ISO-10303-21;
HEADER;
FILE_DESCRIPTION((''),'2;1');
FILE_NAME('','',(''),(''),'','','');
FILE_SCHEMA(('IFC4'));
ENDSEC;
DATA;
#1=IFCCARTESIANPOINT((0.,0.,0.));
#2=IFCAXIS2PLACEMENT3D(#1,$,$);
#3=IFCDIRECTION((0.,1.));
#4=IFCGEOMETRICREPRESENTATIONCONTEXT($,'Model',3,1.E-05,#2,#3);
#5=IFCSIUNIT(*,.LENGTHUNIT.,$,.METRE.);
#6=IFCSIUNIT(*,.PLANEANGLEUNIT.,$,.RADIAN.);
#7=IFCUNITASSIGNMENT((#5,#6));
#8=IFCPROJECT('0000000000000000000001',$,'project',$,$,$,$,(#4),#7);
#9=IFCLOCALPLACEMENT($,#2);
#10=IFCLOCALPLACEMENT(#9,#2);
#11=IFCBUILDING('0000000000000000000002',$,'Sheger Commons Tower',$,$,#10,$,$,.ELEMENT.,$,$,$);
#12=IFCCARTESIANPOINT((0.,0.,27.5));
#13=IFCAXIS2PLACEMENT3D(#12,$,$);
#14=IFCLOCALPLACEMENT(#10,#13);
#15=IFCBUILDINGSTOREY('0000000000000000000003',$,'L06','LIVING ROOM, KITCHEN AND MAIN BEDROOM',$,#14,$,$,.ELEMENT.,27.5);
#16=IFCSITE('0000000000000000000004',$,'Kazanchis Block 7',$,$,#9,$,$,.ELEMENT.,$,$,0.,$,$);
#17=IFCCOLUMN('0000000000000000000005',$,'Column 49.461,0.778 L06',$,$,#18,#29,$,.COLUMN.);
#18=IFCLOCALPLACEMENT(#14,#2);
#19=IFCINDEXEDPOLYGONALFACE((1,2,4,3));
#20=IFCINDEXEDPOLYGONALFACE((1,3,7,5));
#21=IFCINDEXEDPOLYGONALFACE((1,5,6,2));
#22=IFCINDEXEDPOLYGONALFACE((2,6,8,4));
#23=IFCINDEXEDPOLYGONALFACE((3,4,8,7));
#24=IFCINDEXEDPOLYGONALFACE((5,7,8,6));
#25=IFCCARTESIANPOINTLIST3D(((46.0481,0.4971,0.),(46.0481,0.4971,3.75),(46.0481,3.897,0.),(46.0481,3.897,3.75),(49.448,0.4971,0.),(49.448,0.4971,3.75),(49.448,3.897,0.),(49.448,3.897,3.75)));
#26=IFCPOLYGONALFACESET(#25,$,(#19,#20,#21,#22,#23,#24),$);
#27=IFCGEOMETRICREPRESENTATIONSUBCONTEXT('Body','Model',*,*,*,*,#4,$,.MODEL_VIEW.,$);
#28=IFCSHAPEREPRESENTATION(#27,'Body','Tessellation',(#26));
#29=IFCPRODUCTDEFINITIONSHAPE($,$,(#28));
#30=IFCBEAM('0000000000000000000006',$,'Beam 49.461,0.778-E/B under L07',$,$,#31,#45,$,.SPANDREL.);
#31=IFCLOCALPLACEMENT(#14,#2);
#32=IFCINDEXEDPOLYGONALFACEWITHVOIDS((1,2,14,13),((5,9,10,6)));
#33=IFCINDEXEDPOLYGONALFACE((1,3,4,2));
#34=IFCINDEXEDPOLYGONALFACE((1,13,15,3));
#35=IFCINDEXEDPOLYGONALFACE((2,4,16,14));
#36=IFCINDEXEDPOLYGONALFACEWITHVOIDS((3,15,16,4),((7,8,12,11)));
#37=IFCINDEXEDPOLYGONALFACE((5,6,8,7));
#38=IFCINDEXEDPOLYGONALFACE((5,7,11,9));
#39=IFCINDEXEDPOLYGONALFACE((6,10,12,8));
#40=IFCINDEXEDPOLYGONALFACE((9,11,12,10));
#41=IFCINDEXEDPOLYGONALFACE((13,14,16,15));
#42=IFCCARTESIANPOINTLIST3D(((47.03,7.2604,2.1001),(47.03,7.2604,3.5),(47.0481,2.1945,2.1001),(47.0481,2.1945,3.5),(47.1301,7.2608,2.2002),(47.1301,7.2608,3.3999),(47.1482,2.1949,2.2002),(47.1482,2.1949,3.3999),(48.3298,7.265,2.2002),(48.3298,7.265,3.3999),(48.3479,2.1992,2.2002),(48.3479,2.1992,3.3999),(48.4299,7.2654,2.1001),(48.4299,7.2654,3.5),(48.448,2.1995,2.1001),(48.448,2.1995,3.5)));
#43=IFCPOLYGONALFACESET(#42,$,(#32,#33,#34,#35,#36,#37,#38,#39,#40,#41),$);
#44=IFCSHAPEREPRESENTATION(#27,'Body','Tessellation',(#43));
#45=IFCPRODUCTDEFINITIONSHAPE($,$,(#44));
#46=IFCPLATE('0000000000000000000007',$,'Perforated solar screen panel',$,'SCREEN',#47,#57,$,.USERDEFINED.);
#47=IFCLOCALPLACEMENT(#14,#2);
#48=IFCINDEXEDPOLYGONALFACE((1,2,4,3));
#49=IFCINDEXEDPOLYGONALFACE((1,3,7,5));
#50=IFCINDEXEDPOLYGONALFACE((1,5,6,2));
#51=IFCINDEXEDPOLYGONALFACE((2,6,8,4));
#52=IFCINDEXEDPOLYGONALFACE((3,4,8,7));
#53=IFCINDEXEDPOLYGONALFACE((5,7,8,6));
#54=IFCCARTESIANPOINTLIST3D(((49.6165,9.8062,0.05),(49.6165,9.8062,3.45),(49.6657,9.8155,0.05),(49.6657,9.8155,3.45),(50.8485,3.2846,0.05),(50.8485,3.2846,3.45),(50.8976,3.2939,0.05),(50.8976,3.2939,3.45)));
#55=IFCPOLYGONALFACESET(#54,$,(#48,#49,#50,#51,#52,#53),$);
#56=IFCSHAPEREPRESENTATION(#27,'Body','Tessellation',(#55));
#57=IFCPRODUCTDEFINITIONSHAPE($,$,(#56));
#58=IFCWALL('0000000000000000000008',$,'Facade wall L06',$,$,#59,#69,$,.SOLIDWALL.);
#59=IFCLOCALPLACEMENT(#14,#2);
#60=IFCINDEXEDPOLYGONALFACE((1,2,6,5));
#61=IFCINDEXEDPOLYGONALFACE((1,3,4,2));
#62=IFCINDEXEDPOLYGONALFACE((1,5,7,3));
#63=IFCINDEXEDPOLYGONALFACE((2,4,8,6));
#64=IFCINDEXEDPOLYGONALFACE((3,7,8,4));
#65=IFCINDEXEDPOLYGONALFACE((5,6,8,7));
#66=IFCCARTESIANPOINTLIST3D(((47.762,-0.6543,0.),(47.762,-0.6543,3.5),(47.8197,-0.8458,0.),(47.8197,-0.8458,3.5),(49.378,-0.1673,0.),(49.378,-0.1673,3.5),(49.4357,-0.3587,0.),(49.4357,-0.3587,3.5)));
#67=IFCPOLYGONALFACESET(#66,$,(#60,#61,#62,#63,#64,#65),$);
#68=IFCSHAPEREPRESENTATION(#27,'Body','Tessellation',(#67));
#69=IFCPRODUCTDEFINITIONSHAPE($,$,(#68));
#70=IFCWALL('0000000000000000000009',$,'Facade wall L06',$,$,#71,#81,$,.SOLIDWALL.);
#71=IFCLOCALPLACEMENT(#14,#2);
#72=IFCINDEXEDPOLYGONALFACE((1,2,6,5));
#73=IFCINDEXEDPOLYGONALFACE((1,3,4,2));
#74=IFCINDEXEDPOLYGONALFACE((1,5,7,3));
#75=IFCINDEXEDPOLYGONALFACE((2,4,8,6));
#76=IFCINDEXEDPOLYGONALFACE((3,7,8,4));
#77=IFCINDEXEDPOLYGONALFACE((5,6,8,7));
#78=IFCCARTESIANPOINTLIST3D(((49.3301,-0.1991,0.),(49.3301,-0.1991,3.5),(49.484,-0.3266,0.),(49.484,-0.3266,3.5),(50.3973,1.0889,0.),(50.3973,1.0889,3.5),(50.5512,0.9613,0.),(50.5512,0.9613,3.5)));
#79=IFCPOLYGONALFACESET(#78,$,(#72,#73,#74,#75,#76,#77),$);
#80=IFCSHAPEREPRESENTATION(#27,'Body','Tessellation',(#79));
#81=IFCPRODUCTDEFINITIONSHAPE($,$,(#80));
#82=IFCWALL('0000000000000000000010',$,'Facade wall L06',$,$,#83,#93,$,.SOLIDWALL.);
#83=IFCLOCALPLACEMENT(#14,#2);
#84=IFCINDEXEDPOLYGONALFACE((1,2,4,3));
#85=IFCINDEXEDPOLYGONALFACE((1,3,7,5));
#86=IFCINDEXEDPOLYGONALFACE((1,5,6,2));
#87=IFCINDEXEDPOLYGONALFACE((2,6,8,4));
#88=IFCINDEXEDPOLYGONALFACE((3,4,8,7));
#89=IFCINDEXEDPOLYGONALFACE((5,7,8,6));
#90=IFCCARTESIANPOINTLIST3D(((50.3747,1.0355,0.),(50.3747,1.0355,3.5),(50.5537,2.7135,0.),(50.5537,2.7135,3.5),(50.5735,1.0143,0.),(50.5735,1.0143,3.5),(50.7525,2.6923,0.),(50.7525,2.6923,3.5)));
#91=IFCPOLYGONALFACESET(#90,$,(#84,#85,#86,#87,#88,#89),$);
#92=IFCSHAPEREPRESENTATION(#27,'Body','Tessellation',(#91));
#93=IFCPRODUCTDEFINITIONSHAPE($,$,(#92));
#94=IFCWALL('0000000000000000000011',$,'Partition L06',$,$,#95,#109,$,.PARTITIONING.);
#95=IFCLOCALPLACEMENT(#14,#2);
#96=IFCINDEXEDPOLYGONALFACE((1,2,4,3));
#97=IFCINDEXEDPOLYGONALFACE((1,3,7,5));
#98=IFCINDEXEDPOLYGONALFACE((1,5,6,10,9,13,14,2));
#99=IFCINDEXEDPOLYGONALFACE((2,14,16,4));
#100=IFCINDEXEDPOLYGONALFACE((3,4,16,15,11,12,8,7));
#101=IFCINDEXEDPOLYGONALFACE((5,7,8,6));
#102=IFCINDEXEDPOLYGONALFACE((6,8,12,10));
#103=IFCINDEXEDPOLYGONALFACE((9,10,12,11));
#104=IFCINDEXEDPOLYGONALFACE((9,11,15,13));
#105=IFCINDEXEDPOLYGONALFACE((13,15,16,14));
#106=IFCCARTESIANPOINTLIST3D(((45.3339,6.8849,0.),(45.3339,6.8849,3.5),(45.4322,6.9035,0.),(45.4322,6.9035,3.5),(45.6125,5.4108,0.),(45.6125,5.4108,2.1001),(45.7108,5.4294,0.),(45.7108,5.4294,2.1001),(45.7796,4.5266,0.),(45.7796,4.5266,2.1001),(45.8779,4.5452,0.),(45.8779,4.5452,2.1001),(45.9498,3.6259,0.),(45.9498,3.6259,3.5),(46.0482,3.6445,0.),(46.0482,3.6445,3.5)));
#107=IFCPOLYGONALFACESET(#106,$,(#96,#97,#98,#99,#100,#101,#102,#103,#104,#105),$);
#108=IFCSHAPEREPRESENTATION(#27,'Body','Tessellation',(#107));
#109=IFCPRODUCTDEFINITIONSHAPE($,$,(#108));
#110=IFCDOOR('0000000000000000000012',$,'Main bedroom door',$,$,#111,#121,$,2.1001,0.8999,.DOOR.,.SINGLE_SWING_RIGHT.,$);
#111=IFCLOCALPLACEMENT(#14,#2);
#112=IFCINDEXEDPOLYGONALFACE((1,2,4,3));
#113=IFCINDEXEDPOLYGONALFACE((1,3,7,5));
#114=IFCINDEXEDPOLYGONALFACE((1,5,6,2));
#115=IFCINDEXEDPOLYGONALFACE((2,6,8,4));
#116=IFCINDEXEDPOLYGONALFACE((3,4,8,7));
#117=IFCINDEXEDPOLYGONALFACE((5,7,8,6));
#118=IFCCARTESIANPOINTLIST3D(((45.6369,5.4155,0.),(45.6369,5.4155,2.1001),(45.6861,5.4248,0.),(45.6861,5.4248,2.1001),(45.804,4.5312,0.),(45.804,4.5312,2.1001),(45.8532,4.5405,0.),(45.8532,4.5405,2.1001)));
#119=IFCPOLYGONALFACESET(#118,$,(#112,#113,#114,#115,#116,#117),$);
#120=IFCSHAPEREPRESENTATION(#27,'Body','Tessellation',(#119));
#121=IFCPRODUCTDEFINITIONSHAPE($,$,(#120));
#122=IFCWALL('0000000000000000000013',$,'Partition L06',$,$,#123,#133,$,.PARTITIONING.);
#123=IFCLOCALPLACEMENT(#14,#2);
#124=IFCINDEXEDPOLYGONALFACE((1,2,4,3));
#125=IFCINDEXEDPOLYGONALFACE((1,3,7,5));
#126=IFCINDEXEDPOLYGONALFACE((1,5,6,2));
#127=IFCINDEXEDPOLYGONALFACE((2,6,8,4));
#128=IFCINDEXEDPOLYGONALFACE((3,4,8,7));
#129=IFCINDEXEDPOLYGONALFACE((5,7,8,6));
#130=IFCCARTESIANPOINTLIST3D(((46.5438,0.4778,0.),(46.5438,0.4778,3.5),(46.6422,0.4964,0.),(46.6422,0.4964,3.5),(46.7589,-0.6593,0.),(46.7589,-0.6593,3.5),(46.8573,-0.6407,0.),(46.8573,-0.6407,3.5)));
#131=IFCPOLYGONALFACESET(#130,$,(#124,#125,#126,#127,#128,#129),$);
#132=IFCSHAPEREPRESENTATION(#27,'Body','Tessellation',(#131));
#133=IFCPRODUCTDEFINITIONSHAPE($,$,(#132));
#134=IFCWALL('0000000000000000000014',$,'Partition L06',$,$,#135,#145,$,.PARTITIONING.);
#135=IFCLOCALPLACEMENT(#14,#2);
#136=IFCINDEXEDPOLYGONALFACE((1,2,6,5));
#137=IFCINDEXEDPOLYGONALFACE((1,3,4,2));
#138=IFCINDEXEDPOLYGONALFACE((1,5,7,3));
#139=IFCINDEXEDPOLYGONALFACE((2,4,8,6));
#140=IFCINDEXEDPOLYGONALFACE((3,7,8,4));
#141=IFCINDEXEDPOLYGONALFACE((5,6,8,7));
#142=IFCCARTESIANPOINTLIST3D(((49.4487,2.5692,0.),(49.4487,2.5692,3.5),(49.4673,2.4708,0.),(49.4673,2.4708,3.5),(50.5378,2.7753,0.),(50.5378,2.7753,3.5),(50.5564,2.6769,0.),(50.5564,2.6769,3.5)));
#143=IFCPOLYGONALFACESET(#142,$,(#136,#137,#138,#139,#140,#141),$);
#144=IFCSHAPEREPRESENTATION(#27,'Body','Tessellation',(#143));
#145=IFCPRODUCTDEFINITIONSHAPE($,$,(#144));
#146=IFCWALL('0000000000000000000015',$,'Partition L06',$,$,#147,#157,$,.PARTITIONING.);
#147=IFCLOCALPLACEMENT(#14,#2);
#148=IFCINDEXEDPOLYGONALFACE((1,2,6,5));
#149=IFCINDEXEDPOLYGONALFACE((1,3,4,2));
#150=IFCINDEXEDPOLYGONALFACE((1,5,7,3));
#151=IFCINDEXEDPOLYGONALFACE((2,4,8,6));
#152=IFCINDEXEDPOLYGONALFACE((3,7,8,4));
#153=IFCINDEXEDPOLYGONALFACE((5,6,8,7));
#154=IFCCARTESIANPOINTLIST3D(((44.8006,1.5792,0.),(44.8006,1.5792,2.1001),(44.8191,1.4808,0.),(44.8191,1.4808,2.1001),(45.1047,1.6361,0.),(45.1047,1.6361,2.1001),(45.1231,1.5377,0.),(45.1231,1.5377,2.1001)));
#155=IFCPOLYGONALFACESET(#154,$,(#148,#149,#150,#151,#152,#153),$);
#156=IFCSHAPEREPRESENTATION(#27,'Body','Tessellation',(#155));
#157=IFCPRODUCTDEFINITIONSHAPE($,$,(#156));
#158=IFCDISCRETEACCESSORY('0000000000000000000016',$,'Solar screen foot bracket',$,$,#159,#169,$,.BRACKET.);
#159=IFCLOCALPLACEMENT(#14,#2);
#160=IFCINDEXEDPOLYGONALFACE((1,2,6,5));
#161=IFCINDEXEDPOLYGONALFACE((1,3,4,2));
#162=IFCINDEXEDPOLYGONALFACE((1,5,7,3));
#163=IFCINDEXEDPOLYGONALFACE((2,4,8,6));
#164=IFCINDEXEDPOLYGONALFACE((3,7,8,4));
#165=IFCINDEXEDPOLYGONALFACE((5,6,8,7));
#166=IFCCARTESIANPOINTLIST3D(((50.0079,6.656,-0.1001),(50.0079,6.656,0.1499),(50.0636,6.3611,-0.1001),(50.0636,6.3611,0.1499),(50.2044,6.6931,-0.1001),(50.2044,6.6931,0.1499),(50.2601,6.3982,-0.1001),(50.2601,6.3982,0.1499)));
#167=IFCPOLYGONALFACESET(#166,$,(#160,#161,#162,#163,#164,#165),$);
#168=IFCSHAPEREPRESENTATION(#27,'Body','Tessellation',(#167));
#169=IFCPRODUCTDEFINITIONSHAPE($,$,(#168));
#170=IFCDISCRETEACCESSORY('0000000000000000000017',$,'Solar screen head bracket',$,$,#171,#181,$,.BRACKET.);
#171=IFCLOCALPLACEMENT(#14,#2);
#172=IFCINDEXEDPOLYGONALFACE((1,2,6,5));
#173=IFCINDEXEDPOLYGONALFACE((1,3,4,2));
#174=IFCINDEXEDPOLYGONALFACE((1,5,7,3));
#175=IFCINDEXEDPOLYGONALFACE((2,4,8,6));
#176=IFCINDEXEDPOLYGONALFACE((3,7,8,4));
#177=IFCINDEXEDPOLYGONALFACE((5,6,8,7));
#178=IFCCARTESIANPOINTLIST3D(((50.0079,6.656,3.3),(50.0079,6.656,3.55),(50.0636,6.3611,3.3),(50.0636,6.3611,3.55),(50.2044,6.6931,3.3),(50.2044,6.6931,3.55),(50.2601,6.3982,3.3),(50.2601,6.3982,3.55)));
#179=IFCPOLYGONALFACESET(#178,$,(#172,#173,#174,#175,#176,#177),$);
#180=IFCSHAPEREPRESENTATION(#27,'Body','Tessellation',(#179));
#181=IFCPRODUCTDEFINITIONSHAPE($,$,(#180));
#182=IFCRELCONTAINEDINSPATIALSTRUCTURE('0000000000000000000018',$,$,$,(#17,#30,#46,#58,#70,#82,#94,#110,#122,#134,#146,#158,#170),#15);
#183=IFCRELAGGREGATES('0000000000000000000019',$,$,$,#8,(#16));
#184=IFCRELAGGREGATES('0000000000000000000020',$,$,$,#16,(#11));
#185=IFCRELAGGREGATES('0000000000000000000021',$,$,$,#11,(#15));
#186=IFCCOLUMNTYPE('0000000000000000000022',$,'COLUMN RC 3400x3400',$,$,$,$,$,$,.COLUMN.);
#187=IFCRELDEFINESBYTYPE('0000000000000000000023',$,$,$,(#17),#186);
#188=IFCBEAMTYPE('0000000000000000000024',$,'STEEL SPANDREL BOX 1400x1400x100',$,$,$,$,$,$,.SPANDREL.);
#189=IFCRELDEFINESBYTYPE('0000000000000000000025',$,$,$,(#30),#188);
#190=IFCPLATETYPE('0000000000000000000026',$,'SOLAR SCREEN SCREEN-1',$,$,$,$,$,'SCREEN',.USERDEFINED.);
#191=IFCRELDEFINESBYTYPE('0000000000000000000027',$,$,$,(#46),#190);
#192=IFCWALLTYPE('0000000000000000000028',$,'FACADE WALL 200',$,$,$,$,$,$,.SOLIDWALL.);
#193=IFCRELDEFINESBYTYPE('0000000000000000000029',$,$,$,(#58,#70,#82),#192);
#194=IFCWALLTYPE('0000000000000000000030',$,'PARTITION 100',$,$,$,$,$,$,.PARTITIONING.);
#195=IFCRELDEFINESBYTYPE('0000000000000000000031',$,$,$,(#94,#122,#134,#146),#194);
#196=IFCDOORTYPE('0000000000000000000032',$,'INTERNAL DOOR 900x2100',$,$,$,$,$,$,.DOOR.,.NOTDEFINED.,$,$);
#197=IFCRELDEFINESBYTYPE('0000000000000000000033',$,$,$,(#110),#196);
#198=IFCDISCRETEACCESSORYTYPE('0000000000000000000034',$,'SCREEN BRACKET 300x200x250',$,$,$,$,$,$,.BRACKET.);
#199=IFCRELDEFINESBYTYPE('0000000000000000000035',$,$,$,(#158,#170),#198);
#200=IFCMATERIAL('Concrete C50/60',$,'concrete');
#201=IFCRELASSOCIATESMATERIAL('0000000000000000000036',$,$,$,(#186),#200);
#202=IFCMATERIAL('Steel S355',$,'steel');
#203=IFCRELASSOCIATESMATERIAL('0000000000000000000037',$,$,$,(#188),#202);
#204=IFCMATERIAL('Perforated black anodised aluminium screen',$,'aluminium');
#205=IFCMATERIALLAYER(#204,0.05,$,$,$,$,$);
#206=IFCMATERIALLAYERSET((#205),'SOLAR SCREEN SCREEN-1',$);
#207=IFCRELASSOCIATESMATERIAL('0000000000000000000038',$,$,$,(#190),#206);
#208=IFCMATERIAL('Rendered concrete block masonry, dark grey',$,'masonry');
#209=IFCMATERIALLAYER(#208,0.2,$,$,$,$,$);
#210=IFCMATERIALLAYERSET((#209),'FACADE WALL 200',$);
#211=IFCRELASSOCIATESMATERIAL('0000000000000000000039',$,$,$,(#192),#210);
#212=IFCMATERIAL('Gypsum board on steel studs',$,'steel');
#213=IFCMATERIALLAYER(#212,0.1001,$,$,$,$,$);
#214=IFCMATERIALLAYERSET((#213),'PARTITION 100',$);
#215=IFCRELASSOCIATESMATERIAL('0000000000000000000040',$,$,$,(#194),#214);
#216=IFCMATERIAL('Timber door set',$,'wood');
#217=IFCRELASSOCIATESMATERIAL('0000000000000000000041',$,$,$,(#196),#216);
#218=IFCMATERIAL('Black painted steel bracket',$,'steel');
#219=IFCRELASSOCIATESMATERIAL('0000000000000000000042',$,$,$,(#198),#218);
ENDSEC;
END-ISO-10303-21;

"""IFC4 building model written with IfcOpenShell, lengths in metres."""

from ifc_helpers import new_model, si_unit, direction, frame, frame_2d, origin, origin_2d, place, context, subcontext, project, spatial, rectangle, hollow_rectangle, extrude, material, layer, layer_set, material_profile, profile_set, type_object, element, fill, save


model = new_model("IFC4")

# Units and contexts
model_context = context("Model", 3, precision=1e-05, world=origin(), true_north=direction((0.0, 1.0)))
body_context = subcontext(model_context, "Body", "Model", "MODEL_VIEW")
ifc_project = project(units=[si_unit("LENGTHUNIT", "METRE"), si_unit("PLANEANGLEUNIT", "RADIAN")], contexts=[model_context])

# Site, building, storey
site_placement = place(None, origin())
site = spatial("IfcSite", under=ifc_project, at=site_placement, Name="Kazanchis Block 7", CompositionType="ELEMENT", RefElevation=0.0)
building_placement = place(site_placement, origin())
building = spatial("IfcBuilding", under=site, at=building_placement, Name="Sheger Commons Tower", CompositionType="ELEMENT")
storey_placement = place(building_placement, frame((0.0, 0.0, 27.5)))
storey = spatial("IfcBuildingStorey", under=building, at=storey_placement, Name="L06", Description="LIVING ROOM, KITCHEN AND MAIN BEDROOM", CompositionType="ELEMENT", Elevation=27.5)

# Column
ifc_material_1 = material(Name="Concrete C50/60", Category="concrete")
ifc_material_profile_1 = material_profile(ifc_material_1, rectangle(XDim=3.3999, YDim=3.3999, at=origin_2d()), Name="RC 3400x3400")
ifc_profile_set_1 = profile_set([ifc_material_profile_1], Name="Concrete C50/60")
column_type = type_object("IfcColumnType", Name="COLUMN RC 3400x3400", PredefinedType="COLUMN", material=ifc_profile_set_1)
column_placement = place(storey_placement, frame((47.748, 2.197, 0.0), z_axis=(0.0, 0.0, 1.0), x_axis=(1.0, 0.0, 0.0)))
element("IfcColumn", 1, at=column_placement, inside=storey, type_object=column_type, Name="Column 49.461,0.778 L06", PredefinedType="COLUMN", context=body_context, shape_type="SweptSolid", body=[
    extrude(rectangle(XDim=3.3999, YDim=3.3999, at=origin_2d()), origin(), (0.0, 0.0, 1.0), 3.75),
])

# Beam
ifc_material_2 = material(Name="Steel S355", Category="steel")
ifc_material_profile_2 = material_profile(ifc_material_2, hollow_rectangle(XDim=1.3999, YDim=1.3999, WallThickness=0.1001, at=origin_2d()), Name="BOX 1400x1400x100")
ifc_profile_set_2 = profile_set([ifc_material_profile_2], Name="Steel S355")
beam_type = type_object("IfcBeamType", Name="STEEL SPANDREL BOX 1400x1400x100", PredefinedType="SPANDREL", material=ifc_profile_set_2)
beam_placement = place(storey_placement, frame((47.748, 2.197, 2.8), z_axis=(-0.003566, 0.999994, 0.0), x_axis=(-0.999994, -0.003566, 0.0)))
element("IfcBeam", 2, at=beam_placement, inside=storey, type_object=beam_type, Name="Beam 49.461,0.778-E/B under L07", PredefinedType="SPANDREL", context=body_context, shape_type="SweptSolid", body=[
    extrude(hollow_rectangle(XDim=1.3999, YDim=1.3999, WallThickness=0.1001, at=origin_2d()), origin(), (0.0, 0.0, 1.0), 5.0659),
])

# Plate
ifc_material_3 = material(Name="Perforated black anodised aluminium screen", Category="aluminium")
ifc_layer_1 = layer(ifc_material_3, 0.05)
ifc_layer_set_1 = layer_set([ifc_layer_1], Name="SOLAR SCREEN SCREEN-1")
plate_type = type_object("IfcPlateType", Name="SOLAR SCREEN SCREEN-1", ElementType="SCREEN", PredefinedType="USERDEFINED", material=ifc_layer_set_1)
plate_placement = place(storey_placement, frame((50.2571, 6.55, 0.05), z_axis=(0.0, 0.0, 1.0), x_axis=(-0.185615, 0.982623, 0.0)))
element("IfcPlate", 3, at=plate_placement, inside=storey, type_object=plate_type, Name="Perforated solar screen panel", ObjectType="SCREEN", PredefinedType="USERDEFINED", context=body_context, shape_type="SweptSolid", body=[
    extrude(rectangle(XDim=6.637, YDim=0.05, at=origin_2d()), origin(), (0.0, 0.0, 1.0), 3.3999),
])

# Walls
ifc_material_4 = material(Name="Rendered concrete block masonry, dark grey", Category="masonry")
ifc_layer_2 = layer(ifc_material_4, 0.2)
ifc_layer_set_2 = layer_set([ifc_layer_2], Name="FACADE WALL 200")
wall_type_1 = type_object("IfcWallType", Name="FACADE WALL 200", PredefinedType="SOLIDWALL", material=ifc_layer_set_2)
wall_1_placement = place(storey_placement, frame((47.791, -0.75, 0.0), z_axis=(0.0, 0.0, 1.0), x_axis=(0.957455, 0.288582, 0.0)))
element("IfcWall", 4, at=wall_1_placement, inside=storey, type_object=wall_type_1, Name="Facade wall L06", PredefinedType="SOLIDWALL", context=body_context, shape_type="SweptSolid", body=[
    extrude(rectangle(XDim=1.6877, YDim=0.2, at=frame_2d((0.8438, 0.0))), origin(), (0.0, 0.0, 1.0), 3.5),
])
wall_2_placement = place(storey_placement, frame((49.407, -0.2629, 0.0), z_axis=(0.0, 0.0, 1.0), x_axis=(0.638043, 0.770001, 0.0)))
element("IfcWall", 5, at=wall_2_placement, inside=storey, type_object=wall_type_1, Name="Facade wall L06", PredefinedType="SOLIDWALL", context=body_context, shape_type="SweptSolid", body=[
    extrude(rectangle(XDim=1.6726, YDim=0.2, at=frame_2d((0.8364, 0.0))), origin(), (0.0, 0.0, 1.0), 3.5),
])
wall_3_placement = place(storey_placement, frame((50.4741, 1.0249, 0.0), z_axis=(0.0, 0.0, 1.0), x_axis=(0.106048, 0.994361, 0.0)))
element("IfcWall", 6, at=wall_3_placement, inside=storey, type_object=wall_type_1, Name="Facade wall L06", PredefinedType="SOLIDWALL", context=body_context, shape_type="SweptSolid", body=[
    extrude(rectangle(XDim=1.6875, YDim=0.2, at=frame_2d((0.8438, 0.0))), origin(), (0.0, 0.0, 1.0), 3.5),
])

# Wall, opening, door
ifc_material_5 = material(Name="Gypsum board on steel studs", Category="steel")
ifc_layer_3 = layer(ifc_material_5, 0.1001)
ifc_layer_set_3 = layer_set([ifc_layer_3], Name="PARTITION 100")
wall_type_2 = type_object("IfcWallType", Name="PARTITION 100", PredefinedType="PARTITIONING", material=ifc_layer_set_3)
wall_4_placement = place(storey_placement, frame((45.3831, 6.894, 0.0), z_axis=(0.0, 0.0, 1.0), x_axis=(0.185715, -0.982604, 0.0)))
wall_4 = element("IfcWall", 7, at=wall_4_placement, inside=storey, type_object=wall_type_2, Name="Partition L06", PredefinedType="PARTITIONING", context=body_context, shape_type="SweptSolid", body=[
    extrude(rectangle(XDim=3.3167, YDim=0.1001, at=frame_2d((1.6582, 0.0))), origin(), (0.0, 0.0, 1.0), 3.5),
])
opening_1_placement = place(wall_4_placement, frame((1.5, 0.0, 0.0)))
opening_1 = element("IfcOpeningElement", 8, at=opening_1_placement, cuts=wall_4, PredefinedType="OPENING", context=body_context, shape_type="SweptSolid", body=[
    extrude(rectangle(XDim=0.8999, YDim=2.1001, at=frame_2d((0.45, 1.05))), frame((0.0, 0.0601, 0.0), z_axis=(0.0, -1.0, 0.0), x_axis=(1.0, 0.0, 0.0)), (0.0, 0.0, 1.0), 0.1201),
])
ifc_material_6 = material(Name="Timber door set", Category="wood")
door_type = type_object("IfcDoorType", Name="INTERNAL DOOR 900x2100", OperationType="NOTDEFINED", PredefinedType="DOOR", material=ifc_material_6)
door_placement = place(opening_1_placement, origin())
door = element("IfcDoor", 9, at=door_placement, inside=storey, type_object=door_type, Name="Main bedroom door", OperationType="SINGLE_SWING_RIGHT", OverallHeight=2.1001, OverallWidth=0.8999, PredefinedType="DOOR", context=body_context, shape_type="SweptSolid", body=[
    extrude(rectangle(XDim=0.8999, YDim=2.1001, at=frame_2d((0.45, 1.05))), frame((0.0, 0.0249, 0.0), z_axis=(0.0, -1.0, 0.0), x_axis=(1.0, 0.0, 0.0)), (0.0, 0.0, 1.0), 0.05),
])
fill(opening_1, door)

# Walls
wall_5_placement = place(storey_placement, frame((46.593, 0.4871, 0.0), z_axis=(0.0, 0.0, 1.0), x_axis=(0.185881, -0.982572, 0.0)))
element("IfcWall", 10, at=wall_5_placement, inside=storey, type_object=wall_type_2, Name="Partition L06", PredefinedType="PARTITIONING", context=body_context, shape_type="SweptSolid", body=[
    extrude(rectangle(XDim=1.1572, YDim=0.1001, at=frame_2d((0.5786, 0.0))), origin(), (0.0, 0.0, 1.0), 3.5),
])
wall_6_placement = place(storey_placement, frame((50.5471, 2.7261, 0.0), z_axis=(0.0, 0.0, 1.0), x_axis=(-0.982569, -0.185897, 0.0)))
element("IfcWall", 11, at=wall_6_placement, inside=storey, type_object=wall_type_2, Name="Partition L06", PredefinedType="PARTITIONING", context=body_context, shape_type="SweptSolid", body=[
    extrude(rectangle(XDim=1.1084, YDim=0.1001, at=frame_2d((0.5542, 0.0))), origin(), (0.0, 0.0, 1.0), 3.5),
])
wall_7_placement = place(storey_placement, frame((45.114, 1.5869, 0.0), z_axis=(0.0, 0.0, 1.0), x_axis=(-0.982935, -0.183955, 0.0)))
element("IfcWall", 12, at=wall_7_placement, inside=storey, type_object=wall_type_2, Name="Partition L06", PredefinedType="PARTITIONING", context=body_context, shape_type="SweptSolid", body=[
    extrude(rectangle(XDim=0.3093, YDim=0.1001, at=frame_2d((0.1548, 0.0))), origin(), (0.0, 0.0, 1.0), 2.1001),
])

# Discrete accessories
ifc_material_7 = material(Name="Black painted steel bracket", Category="steel")
discrete_accessory_type = type_object("IfcDiscreteAccessoryType", Name="SCREEN BRACKET 300x200x250", PredefinedType="BRACKET", material=ifc_material_7)
for number, where, z_axis, x_axis, name in (
    (13, (50.134, 6.5271, -0.1001), (0.0, 0.0, 1.0), (-0.185615, 0.982623, 0.0), "Solar screen foot bracket"),
    (14, (50.134, 6.5271, 3.3), (0.0, 0.0, 1.0), (-0.185615, 0.982623, 0.0), "Solar screen head bracket"),
):
    element("IfcDiscreteAccessory", number, at=place(storey_placement, frame(where, z_axis=z_axis, x_axis=x_axis)), inside=storey, type_object=discrete_accessory_type, Name=name, PredefinedType="BRACKET", context=body_context, shape_type="SweptSolid", body=[
        extrude(rectangle(XDim=0.3, YDim=0.2, at=origin_2d()), origin(), (0.0, 0.0, 1.0), 0.25),
    ])

save(model, "model.ifc")
